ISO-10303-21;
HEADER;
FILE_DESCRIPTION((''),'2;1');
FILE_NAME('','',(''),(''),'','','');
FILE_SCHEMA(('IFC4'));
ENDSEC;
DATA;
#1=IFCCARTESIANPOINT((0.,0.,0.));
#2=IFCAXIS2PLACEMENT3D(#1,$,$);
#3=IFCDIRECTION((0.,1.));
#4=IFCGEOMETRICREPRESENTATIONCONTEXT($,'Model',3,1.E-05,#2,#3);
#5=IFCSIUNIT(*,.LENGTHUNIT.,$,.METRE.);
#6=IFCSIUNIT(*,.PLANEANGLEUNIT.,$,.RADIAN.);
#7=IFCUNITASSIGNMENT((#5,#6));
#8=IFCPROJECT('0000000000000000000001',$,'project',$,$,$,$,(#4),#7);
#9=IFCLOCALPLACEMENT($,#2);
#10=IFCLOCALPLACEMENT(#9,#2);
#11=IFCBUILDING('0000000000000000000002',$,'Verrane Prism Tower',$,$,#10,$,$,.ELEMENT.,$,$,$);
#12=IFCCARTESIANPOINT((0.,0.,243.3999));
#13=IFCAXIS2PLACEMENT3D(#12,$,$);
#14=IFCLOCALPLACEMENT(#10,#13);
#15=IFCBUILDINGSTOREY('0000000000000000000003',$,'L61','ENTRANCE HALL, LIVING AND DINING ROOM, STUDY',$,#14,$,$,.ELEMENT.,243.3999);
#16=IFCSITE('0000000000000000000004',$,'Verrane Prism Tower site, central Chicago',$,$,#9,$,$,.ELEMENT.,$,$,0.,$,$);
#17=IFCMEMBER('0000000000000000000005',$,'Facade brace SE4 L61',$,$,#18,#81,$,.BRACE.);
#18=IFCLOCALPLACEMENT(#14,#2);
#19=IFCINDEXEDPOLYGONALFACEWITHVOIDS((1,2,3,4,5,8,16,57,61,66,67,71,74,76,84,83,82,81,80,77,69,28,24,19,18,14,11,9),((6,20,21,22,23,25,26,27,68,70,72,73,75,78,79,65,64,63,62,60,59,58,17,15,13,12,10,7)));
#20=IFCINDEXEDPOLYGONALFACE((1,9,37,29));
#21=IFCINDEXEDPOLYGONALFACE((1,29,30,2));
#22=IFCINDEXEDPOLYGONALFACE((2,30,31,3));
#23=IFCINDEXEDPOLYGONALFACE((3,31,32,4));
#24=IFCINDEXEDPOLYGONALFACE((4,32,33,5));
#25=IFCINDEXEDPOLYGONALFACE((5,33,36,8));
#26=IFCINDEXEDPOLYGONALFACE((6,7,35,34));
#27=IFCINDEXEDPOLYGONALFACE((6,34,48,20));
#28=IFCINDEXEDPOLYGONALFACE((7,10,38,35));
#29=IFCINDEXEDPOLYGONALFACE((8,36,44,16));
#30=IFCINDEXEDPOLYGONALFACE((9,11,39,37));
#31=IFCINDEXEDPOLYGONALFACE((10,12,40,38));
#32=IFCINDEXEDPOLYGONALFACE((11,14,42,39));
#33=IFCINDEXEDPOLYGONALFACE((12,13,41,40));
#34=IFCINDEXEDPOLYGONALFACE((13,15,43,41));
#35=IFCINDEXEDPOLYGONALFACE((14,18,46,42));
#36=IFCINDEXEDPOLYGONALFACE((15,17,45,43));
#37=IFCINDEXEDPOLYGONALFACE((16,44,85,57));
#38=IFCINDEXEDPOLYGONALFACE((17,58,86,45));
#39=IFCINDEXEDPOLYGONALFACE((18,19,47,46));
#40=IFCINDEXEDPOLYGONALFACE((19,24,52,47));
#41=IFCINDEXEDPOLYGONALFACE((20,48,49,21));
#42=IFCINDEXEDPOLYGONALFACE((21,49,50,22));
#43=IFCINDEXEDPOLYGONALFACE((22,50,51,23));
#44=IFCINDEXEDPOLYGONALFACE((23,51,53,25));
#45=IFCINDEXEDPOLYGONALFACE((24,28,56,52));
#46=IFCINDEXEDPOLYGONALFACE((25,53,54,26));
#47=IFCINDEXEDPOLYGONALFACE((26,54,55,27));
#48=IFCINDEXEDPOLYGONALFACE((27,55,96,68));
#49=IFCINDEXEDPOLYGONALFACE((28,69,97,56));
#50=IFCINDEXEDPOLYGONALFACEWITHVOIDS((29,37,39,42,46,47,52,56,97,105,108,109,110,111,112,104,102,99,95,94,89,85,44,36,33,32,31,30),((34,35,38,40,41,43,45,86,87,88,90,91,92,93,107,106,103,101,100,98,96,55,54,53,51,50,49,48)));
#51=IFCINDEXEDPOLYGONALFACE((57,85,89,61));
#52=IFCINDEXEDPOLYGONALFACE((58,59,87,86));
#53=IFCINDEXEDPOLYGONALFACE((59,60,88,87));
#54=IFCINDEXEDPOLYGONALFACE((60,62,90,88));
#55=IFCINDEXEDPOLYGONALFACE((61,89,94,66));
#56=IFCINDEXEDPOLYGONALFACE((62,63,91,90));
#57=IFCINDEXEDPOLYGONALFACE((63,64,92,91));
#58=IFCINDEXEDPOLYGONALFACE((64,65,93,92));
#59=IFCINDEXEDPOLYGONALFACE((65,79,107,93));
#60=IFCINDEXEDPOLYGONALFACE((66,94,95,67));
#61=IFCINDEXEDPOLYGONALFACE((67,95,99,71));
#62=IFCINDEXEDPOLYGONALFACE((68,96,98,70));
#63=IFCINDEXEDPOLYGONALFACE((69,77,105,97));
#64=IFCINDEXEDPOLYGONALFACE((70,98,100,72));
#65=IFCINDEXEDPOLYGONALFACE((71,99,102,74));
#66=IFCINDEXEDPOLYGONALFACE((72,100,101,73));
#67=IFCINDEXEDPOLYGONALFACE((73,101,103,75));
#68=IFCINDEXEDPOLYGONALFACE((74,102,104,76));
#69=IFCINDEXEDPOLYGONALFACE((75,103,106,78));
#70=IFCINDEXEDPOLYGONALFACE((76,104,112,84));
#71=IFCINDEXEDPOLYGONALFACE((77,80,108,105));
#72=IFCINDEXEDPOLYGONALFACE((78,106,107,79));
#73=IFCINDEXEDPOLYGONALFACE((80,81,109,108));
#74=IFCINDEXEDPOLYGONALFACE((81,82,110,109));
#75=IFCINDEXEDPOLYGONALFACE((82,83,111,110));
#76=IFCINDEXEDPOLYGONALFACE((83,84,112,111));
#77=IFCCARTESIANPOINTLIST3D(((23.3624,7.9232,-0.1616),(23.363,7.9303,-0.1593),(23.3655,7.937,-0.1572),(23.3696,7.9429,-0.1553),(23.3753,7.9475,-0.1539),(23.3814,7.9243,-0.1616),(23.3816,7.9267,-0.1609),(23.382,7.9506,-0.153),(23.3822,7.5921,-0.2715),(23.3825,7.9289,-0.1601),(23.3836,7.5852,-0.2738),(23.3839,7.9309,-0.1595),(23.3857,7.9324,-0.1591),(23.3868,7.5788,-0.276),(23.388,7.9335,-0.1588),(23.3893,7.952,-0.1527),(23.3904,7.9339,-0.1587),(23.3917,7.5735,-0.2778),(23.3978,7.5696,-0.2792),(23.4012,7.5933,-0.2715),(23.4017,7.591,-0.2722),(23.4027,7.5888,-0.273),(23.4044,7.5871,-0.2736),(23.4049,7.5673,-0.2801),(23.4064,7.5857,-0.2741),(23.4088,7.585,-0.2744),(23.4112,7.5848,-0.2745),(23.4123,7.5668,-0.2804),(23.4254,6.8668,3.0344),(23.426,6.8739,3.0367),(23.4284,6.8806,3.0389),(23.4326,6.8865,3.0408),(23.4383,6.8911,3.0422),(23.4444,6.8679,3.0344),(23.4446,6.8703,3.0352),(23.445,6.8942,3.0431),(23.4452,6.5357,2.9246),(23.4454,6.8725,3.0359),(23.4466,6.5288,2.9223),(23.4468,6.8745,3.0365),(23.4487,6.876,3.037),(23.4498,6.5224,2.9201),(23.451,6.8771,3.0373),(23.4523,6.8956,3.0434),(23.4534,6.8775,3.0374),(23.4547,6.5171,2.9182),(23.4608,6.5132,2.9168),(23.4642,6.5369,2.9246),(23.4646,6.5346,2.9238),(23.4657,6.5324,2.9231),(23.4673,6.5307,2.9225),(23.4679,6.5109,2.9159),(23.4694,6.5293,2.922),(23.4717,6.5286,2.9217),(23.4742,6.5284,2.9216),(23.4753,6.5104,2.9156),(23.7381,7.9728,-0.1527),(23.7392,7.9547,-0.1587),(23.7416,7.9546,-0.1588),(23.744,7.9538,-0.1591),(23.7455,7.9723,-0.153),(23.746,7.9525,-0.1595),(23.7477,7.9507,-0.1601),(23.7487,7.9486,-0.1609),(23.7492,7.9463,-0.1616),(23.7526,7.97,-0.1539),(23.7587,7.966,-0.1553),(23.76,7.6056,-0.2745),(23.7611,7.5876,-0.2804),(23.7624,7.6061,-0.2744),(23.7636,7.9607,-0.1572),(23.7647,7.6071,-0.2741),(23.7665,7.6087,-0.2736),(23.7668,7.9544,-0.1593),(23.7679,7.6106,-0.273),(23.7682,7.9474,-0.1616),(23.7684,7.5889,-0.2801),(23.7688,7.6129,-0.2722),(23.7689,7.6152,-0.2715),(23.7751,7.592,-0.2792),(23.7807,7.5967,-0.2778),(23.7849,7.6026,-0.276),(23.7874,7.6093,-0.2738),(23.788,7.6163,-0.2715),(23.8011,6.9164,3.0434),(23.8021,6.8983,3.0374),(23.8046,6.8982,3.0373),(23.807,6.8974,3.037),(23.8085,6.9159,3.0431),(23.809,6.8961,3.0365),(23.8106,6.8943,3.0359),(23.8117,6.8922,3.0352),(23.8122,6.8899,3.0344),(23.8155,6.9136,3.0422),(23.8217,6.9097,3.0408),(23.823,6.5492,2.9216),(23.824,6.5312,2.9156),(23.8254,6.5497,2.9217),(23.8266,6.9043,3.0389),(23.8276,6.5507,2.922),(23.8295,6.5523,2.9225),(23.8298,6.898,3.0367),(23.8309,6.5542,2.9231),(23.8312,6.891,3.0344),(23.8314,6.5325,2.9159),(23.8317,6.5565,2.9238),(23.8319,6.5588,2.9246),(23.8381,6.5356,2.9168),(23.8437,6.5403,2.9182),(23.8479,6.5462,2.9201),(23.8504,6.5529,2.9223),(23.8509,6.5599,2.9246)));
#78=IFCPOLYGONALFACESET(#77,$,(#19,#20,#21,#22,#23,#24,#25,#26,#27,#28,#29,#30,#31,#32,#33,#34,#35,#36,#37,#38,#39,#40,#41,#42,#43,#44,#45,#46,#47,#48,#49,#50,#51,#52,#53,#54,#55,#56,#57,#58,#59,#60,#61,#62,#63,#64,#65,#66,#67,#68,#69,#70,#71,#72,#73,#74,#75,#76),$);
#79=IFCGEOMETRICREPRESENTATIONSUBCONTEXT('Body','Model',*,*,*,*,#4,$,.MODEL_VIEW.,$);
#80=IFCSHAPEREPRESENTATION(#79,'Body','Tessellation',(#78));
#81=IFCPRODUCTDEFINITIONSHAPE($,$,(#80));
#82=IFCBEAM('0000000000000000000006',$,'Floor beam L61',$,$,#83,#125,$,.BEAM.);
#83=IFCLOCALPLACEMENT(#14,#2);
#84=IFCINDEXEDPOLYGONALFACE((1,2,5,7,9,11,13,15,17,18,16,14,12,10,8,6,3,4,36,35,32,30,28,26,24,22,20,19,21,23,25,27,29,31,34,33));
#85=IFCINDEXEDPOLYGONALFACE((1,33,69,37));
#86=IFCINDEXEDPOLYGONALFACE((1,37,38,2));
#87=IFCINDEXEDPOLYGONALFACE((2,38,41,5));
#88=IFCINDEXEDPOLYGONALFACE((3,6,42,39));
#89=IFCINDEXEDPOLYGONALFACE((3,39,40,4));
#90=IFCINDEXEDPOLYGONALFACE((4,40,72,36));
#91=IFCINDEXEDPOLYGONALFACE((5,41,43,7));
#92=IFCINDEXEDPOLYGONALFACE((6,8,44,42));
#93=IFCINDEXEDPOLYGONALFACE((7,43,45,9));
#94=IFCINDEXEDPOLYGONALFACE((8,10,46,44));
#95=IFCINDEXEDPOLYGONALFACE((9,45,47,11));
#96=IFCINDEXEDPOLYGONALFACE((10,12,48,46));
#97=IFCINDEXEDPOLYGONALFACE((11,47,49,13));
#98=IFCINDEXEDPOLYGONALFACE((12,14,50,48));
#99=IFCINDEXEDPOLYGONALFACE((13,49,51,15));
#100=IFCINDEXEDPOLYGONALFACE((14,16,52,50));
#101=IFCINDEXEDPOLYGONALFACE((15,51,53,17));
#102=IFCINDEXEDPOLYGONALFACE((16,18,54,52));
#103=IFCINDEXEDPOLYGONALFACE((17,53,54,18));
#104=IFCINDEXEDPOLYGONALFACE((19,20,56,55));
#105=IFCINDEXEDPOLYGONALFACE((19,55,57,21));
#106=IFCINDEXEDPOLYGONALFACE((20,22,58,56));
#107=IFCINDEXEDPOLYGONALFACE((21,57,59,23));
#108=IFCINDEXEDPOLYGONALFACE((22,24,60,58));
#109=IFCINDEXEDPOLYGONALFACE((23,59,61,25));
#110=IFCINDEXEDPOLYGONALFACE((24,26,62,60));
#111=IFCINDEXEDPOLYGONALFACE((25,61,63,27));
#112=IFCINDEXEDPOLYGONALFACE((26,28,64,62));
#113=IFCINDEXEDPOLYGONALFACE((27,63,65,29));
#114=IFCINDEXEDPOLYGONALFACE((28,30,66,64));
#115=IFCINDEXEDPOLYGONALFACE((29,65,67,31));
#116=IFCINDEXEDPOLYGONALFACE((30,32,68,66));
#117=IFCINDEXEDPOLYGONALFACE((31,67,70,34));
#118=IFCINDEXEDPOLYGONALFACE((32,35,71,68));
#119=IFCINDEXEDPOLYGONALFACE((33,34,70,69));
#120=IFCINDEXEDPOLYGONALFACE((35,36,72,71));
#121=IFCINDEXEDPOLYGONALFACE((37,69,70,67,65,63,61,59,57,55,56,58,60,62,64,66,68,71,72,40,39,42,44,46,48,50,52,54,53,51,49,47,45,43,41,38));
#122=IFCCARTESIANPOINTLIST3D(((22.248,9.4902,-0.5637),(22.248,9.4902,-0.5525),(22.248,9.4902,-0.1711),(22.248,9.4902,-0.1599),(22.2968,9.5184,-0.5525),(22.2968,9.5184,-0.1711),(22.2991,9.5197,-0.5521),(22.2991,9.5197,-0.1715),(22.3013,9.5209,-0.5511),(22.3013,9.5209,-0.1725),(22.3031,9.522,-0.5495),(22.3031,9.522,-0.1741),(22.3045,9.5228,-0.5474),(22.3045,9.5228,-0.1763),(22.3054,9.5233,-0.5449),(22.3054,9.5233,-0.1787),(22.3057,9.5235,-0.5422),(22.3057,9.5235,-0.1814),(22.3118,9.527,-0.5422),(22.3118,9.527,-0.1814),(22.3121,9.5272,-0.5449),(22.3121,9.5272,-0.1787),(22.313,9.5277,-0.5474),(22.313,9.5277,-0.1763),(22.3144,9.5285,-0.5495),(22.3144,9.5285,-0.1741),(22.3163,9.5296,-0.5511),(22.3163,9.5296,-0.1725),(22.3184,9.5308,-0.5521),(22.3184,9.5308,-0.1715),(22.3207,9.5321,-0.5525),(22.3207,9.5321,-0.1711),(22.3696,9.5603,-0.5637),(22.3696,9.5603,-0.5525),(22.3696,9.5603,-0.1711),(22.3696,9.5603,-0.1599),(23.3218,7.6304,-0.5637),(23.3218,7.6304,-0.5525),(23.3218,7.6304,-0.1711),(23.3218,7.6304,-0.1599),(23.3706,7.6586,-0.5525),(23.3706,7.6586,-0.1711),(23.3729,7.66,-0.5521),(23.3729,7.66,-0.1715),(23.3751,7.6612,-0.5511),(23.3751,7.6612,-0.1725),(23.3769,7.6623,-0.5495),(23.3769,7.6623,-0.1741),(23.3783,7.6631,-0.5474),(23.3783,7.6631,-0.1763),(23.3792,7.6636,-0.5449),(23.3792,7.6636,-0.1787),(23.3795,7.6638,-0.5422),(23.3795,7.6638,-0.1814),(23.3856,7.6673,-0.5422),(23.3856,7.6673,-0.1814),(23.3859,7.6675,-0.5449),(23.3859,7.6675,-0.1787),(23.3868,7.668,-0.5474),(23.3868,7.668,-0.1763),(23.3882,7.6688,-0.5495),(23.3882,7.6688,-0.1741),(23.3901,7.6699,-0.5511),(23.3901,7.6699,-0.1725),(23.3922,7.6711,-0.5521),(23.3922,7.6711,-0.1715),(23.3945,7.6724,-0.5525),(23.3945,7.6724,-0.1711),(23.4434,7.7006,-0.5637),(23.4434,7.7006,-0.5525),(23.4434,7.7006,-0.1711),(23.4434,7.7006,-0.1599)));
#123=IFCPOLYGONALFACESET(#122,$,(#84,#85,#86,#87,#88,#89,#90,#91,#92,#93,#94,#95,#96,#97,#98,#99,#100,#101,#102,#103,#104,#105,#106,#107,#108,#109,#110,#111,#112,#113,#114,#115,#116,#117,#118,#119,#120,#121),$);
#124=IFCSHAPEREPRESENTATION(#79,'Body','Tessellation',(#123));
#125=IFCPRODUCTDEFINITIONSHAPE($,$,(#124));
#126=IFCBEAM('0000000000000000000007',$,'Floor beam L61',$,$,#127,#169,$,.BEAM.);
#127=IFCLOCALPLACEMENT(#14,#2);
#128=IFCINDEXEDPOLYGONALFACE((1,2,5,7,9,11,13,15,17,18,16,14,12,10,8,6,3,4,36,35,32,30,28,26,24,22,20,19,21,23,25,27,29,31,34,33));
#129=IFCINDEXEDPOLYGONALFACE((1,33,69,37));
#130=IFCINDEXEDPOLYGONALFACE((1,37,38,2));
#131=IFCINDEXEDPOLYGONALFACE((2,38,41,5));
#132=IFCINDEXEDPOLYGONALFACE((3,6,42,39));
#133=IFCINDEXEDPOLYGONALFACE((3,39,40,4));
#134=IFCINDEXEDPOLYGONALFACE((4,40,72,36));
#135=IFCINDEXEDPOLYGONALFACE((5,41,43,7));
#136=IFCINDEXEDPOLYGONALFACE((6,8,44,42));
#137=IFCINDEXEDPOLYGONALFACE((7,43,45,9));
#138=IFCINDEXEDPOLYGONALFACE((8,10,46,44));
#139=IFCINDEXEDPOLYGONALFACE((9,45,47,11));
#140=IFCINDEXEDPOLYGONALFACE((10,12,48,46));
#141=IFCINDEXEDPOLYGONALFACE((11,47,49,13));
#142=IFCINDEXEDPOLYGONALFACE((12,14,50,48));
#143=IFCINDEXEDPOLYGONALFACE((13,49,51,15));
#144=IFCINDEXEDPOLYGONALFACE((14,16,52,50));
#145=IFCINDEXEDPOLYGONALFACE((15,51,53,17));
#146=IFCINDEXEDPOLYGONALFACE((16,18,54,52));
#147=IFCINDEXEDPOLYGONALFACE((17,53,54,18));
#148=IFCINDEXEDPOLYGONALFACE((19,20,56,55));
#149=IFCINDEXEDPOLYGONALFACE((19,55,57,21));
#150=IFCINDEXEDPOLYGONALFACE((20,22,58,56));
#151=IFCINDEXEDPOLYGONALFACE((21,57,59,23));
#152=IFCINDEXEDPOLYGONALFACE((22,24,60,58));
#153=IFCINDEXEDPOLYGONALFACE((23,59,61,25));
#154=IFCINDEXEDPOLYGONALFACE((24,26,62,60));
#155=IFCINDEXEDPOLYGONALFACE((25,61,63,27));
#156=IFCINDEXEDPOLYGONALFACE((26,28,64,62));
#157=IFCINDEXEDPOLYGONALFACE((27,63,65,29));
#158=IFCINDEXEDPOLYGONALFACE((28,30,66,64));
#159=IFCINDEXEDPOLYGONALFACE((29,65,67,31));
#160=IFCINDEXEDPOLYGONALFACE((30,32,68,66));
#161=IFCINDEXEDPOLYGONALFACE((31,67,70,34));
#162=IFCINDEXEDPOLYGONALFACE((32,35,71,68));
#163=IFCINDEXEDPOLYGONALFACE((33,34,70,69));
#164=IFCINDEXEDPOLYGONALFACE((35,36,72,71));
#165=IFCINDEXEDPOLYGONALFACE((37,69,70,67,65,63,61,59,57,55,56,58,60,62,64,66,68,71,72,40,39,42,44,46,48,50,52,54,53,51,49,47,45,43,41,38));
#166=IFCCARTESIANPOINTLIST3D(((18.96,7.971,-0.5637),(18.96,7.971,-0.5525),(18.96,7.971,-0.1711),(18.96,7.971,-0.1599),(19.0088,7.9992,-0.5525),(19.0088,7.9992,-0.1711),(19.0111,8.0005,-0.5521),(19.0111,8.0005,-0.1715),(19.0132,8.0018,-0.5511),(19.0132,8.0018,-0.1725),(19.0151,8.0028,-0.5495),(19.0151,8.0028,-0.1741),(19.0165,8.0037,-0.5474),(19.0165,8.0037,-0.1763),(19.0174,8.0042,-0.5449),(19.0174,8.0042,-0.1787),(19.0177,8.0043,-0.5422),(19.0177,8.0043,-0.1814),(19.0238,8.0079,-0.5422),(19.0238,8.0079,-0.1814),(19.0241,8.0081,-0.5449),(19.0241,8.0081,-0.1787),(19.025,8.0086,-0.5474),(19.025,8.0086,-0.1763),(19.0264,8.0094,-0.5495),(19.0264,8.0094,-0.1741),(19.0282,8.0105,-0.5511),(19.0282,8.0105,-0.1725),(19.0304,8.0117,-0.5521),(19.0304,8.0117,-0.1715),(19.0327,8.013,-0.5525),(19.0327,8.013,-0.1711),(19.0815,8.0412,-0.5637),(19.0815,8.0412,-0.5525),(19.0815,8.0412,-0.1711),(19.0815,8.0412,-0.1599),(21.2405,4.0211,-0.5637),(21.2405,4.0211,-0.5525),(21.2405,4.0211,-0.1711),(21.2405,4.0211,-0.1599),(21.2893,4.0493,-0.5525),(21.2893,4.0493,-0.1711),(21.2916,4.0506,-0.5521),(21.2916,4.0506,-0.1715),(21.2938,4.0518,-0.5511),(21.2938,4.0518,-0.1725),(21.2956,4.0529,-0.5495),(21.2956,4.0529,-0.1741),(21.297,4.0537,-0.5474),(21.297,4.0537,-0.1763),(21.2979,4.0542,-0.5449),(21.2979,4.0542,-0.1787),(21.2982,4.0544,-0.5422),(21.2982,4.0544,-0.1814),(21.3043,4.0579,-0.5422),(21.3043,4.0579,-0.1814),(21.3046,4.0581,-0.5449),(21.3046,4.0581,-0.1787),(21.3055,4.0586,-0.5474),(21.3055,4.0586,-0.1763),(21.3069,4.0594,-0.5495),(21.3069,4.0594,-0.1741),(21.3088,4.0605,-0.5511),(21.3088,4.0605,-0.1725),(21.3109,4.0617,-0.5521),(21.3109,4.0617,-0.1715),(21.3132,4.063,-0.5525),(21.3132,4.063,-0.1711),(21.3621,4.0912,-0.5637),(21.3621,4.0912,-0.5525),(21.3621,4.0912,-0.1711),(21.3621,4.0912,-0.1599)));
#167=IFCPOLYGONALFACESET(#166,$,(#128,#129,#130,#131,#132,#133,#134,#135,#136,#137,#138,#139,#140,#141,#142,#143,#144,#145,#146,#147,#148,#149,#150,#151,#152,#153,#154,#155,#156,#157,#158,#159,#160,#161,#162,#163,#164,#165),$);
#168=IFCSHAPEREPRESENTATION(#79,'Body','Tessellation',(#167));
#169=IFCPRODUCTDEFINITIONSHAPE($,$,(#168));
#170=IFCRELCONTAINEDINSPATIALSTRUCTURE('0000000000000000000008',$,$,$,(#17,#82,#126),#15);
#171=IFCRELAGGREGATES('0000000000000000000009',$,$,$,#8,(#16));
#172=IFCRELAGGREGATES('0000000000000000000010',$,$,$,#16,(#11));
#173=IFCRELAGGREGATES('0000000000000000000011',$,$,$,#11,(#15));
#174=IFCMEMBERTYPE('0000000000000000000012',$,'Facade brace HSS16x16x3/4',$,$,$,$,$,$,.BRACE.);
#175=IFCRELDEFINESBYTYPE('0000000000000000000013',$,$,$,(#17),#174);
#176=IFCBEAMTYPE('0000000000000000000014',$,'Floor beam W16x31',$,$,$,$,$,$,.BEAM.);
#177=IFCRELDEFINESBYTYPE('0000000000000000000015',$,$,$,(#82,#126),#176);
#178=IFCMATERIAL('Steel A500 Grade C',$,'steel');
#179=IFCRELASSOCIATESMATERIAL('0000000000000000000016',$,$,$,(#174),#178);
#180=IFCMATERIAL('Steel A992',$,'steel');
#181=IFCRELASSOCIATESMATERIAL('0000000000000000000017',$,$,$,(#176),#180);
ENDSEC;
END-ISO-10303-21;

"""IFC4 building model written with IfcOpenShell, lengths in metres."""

from ifc_helpers import new_model, si_unit, direction, frame, origin, origin_2d, place, context, subcontext, project, spatial, hollow_rectangle, i_section, extrude, material, material_profile, profile_set, type_object, element, save


model = new_model("IFC4")

# Units and contexts
model_context = context("Model", 3, precision=1e-05, world=origin(), true_north=direction((0.0, 1.0)))
body_context = subcontext(model_context, "Body", "Model", "MODEL_VIEW")
ifc_project = project(units=[si_unit("LENGTHUNIT", "METRE"), si_unit("PLANEANGLEUNIT", "RADIAN")], contexts=[model_context])

# Site, building, storey
site_placement = place(None, origin())
site = spatial("IfcSite", under=ifc_project, at=site_placement, Name="Verrane Prism Tower site, central Chicago", CompositionType="ELEMENT", RefElevation=0.0)
building_placement = place(site_placement, origin())
building = spatial("IfcBuilding", under=site, at=building_placement, Name="Verrane Prism Tower", CompositionType="ELEMENT")
storey_placement = place(building_placement, frame((0.0, 0.0, 243.3999)))
storey = spatial("IfcBuildingStorey", under=building, at=storey_placement, Name="L61", Description="ENTRANCE HALL, LIVING AND DINING ROOM, STUDY", CompositionType="ELEMENT", Elevation=243.3999)

# Member
ifc_material_1 = material(Name="Steel A500 Grade C", Category="steel")
ifc_material_profile_1 = material_profile(ifc_material_1, hollow_rectangle(XDim=0.4065, YDim=0.4065, WallThickness=0.019, InnerFilletRadius=0.0095, OuterFilletRadius=0.0286, at=origin_2d()), Name="HSS16x16x3/4")
ifc_profile_set_1 = profile_set([ifc_material_profile_1], Name="Steel A500 Grade C")
member_type_1 = type_object("IfcMemberType", Name="Facade brace HSS16x16x3/4", PredefinedType="BRACE", material=ifc_profile_set_1)
member_1_placement = place(storey_placement, frame((23.5752, 7.7698, -0.2166), z_axis=(0.018709, -0.313778, 0.949312), x_axis=(0.998227, 0.05952, 0.0)))
element("IfcMember", 1, at=member_1_placement, inside=storey, type_object=member_type_1, Name="Facade brace SE4 L61", PredefinedType="BRACE", context=body_context, shape_type="SweptSolid", body=[
    extrude(hollow_rectangle(XDim=0.4065, YDim=0.4065, WallThickness=0.019, InnerFilletRadius=0.0095, OuterFilletRadius=0.0286, at=origin_2d()), origin(), (0.0, 0.0, 1.0), 3.3667),
])

# Beams
ifc_material_2 = material(Name="Steel A992", Category="steel")
ifc_material_profile_2 = material_profile(ifc_material_2, i_section(OverallWidth=0.1404, OverallDepth=0.4038, WebThickness=0.0071, FlangeThickness=0.0112, FilletRadius=0.0103, at=origin_2d()), Name="W16x31")
ifc_profile_set_2 = profile_set([ifc_material_profile_2], Name="Steel A992")
beam_type_1 = type_object("IfcBeamType", Name="Floor beam W16x31", PredefinedType="BEAM", material=ifc_profile_set_2)
beam_1_placement = place(storey_placement, frame((23.3826, 7.6655, -0.3618), z_axis=(-0.500028, 0.86601, 0.0), x_axis=(-0.86601, -0.500028, 0.0)))
element("IfcBeam", 2, at=beam_1_placement, inside=storey, type_object=beam_type_1, Name="Floor beam L61", PredefinedType="BEAM", context=body_context, shape_type="SweptSolid", body=[
    extrude(i_section(OverallWidth=0.1404, OverallDepth=0.4038, WebThickness=0.0071, FlangeThickness=0.0112, FilletRadius=0.0103, at=origin_2d()), origin(), (0.0, 0.0, 1.0), 2.1475),
])
beam_2_placement = place(storey_placement, frame((21.3013, 4.0562, -0.3618), z_axis=(-0.500002, 0.866024, 0.0), x_axis=(-0.866024, -0.500002, 0.0)))
element("IfcBeam", 3, at=beam_2_placement, inside=storey, type_object=beam_type_1, Name="Floor beam L61", PredefinedType="BEAM", context=body_context, shape_type="SweptSolid", body=[
    extrude(i_section(OverallWidth=0.1404, OverallDepth=0.4038, WebThickness=0.0071, FlangeThickness=0.0112, FilletRadius=0.0103, at=origin_2d()), origin(), (0.0, 0.0, 1.0), 4.561),
])

save(model, "model.ifc")
